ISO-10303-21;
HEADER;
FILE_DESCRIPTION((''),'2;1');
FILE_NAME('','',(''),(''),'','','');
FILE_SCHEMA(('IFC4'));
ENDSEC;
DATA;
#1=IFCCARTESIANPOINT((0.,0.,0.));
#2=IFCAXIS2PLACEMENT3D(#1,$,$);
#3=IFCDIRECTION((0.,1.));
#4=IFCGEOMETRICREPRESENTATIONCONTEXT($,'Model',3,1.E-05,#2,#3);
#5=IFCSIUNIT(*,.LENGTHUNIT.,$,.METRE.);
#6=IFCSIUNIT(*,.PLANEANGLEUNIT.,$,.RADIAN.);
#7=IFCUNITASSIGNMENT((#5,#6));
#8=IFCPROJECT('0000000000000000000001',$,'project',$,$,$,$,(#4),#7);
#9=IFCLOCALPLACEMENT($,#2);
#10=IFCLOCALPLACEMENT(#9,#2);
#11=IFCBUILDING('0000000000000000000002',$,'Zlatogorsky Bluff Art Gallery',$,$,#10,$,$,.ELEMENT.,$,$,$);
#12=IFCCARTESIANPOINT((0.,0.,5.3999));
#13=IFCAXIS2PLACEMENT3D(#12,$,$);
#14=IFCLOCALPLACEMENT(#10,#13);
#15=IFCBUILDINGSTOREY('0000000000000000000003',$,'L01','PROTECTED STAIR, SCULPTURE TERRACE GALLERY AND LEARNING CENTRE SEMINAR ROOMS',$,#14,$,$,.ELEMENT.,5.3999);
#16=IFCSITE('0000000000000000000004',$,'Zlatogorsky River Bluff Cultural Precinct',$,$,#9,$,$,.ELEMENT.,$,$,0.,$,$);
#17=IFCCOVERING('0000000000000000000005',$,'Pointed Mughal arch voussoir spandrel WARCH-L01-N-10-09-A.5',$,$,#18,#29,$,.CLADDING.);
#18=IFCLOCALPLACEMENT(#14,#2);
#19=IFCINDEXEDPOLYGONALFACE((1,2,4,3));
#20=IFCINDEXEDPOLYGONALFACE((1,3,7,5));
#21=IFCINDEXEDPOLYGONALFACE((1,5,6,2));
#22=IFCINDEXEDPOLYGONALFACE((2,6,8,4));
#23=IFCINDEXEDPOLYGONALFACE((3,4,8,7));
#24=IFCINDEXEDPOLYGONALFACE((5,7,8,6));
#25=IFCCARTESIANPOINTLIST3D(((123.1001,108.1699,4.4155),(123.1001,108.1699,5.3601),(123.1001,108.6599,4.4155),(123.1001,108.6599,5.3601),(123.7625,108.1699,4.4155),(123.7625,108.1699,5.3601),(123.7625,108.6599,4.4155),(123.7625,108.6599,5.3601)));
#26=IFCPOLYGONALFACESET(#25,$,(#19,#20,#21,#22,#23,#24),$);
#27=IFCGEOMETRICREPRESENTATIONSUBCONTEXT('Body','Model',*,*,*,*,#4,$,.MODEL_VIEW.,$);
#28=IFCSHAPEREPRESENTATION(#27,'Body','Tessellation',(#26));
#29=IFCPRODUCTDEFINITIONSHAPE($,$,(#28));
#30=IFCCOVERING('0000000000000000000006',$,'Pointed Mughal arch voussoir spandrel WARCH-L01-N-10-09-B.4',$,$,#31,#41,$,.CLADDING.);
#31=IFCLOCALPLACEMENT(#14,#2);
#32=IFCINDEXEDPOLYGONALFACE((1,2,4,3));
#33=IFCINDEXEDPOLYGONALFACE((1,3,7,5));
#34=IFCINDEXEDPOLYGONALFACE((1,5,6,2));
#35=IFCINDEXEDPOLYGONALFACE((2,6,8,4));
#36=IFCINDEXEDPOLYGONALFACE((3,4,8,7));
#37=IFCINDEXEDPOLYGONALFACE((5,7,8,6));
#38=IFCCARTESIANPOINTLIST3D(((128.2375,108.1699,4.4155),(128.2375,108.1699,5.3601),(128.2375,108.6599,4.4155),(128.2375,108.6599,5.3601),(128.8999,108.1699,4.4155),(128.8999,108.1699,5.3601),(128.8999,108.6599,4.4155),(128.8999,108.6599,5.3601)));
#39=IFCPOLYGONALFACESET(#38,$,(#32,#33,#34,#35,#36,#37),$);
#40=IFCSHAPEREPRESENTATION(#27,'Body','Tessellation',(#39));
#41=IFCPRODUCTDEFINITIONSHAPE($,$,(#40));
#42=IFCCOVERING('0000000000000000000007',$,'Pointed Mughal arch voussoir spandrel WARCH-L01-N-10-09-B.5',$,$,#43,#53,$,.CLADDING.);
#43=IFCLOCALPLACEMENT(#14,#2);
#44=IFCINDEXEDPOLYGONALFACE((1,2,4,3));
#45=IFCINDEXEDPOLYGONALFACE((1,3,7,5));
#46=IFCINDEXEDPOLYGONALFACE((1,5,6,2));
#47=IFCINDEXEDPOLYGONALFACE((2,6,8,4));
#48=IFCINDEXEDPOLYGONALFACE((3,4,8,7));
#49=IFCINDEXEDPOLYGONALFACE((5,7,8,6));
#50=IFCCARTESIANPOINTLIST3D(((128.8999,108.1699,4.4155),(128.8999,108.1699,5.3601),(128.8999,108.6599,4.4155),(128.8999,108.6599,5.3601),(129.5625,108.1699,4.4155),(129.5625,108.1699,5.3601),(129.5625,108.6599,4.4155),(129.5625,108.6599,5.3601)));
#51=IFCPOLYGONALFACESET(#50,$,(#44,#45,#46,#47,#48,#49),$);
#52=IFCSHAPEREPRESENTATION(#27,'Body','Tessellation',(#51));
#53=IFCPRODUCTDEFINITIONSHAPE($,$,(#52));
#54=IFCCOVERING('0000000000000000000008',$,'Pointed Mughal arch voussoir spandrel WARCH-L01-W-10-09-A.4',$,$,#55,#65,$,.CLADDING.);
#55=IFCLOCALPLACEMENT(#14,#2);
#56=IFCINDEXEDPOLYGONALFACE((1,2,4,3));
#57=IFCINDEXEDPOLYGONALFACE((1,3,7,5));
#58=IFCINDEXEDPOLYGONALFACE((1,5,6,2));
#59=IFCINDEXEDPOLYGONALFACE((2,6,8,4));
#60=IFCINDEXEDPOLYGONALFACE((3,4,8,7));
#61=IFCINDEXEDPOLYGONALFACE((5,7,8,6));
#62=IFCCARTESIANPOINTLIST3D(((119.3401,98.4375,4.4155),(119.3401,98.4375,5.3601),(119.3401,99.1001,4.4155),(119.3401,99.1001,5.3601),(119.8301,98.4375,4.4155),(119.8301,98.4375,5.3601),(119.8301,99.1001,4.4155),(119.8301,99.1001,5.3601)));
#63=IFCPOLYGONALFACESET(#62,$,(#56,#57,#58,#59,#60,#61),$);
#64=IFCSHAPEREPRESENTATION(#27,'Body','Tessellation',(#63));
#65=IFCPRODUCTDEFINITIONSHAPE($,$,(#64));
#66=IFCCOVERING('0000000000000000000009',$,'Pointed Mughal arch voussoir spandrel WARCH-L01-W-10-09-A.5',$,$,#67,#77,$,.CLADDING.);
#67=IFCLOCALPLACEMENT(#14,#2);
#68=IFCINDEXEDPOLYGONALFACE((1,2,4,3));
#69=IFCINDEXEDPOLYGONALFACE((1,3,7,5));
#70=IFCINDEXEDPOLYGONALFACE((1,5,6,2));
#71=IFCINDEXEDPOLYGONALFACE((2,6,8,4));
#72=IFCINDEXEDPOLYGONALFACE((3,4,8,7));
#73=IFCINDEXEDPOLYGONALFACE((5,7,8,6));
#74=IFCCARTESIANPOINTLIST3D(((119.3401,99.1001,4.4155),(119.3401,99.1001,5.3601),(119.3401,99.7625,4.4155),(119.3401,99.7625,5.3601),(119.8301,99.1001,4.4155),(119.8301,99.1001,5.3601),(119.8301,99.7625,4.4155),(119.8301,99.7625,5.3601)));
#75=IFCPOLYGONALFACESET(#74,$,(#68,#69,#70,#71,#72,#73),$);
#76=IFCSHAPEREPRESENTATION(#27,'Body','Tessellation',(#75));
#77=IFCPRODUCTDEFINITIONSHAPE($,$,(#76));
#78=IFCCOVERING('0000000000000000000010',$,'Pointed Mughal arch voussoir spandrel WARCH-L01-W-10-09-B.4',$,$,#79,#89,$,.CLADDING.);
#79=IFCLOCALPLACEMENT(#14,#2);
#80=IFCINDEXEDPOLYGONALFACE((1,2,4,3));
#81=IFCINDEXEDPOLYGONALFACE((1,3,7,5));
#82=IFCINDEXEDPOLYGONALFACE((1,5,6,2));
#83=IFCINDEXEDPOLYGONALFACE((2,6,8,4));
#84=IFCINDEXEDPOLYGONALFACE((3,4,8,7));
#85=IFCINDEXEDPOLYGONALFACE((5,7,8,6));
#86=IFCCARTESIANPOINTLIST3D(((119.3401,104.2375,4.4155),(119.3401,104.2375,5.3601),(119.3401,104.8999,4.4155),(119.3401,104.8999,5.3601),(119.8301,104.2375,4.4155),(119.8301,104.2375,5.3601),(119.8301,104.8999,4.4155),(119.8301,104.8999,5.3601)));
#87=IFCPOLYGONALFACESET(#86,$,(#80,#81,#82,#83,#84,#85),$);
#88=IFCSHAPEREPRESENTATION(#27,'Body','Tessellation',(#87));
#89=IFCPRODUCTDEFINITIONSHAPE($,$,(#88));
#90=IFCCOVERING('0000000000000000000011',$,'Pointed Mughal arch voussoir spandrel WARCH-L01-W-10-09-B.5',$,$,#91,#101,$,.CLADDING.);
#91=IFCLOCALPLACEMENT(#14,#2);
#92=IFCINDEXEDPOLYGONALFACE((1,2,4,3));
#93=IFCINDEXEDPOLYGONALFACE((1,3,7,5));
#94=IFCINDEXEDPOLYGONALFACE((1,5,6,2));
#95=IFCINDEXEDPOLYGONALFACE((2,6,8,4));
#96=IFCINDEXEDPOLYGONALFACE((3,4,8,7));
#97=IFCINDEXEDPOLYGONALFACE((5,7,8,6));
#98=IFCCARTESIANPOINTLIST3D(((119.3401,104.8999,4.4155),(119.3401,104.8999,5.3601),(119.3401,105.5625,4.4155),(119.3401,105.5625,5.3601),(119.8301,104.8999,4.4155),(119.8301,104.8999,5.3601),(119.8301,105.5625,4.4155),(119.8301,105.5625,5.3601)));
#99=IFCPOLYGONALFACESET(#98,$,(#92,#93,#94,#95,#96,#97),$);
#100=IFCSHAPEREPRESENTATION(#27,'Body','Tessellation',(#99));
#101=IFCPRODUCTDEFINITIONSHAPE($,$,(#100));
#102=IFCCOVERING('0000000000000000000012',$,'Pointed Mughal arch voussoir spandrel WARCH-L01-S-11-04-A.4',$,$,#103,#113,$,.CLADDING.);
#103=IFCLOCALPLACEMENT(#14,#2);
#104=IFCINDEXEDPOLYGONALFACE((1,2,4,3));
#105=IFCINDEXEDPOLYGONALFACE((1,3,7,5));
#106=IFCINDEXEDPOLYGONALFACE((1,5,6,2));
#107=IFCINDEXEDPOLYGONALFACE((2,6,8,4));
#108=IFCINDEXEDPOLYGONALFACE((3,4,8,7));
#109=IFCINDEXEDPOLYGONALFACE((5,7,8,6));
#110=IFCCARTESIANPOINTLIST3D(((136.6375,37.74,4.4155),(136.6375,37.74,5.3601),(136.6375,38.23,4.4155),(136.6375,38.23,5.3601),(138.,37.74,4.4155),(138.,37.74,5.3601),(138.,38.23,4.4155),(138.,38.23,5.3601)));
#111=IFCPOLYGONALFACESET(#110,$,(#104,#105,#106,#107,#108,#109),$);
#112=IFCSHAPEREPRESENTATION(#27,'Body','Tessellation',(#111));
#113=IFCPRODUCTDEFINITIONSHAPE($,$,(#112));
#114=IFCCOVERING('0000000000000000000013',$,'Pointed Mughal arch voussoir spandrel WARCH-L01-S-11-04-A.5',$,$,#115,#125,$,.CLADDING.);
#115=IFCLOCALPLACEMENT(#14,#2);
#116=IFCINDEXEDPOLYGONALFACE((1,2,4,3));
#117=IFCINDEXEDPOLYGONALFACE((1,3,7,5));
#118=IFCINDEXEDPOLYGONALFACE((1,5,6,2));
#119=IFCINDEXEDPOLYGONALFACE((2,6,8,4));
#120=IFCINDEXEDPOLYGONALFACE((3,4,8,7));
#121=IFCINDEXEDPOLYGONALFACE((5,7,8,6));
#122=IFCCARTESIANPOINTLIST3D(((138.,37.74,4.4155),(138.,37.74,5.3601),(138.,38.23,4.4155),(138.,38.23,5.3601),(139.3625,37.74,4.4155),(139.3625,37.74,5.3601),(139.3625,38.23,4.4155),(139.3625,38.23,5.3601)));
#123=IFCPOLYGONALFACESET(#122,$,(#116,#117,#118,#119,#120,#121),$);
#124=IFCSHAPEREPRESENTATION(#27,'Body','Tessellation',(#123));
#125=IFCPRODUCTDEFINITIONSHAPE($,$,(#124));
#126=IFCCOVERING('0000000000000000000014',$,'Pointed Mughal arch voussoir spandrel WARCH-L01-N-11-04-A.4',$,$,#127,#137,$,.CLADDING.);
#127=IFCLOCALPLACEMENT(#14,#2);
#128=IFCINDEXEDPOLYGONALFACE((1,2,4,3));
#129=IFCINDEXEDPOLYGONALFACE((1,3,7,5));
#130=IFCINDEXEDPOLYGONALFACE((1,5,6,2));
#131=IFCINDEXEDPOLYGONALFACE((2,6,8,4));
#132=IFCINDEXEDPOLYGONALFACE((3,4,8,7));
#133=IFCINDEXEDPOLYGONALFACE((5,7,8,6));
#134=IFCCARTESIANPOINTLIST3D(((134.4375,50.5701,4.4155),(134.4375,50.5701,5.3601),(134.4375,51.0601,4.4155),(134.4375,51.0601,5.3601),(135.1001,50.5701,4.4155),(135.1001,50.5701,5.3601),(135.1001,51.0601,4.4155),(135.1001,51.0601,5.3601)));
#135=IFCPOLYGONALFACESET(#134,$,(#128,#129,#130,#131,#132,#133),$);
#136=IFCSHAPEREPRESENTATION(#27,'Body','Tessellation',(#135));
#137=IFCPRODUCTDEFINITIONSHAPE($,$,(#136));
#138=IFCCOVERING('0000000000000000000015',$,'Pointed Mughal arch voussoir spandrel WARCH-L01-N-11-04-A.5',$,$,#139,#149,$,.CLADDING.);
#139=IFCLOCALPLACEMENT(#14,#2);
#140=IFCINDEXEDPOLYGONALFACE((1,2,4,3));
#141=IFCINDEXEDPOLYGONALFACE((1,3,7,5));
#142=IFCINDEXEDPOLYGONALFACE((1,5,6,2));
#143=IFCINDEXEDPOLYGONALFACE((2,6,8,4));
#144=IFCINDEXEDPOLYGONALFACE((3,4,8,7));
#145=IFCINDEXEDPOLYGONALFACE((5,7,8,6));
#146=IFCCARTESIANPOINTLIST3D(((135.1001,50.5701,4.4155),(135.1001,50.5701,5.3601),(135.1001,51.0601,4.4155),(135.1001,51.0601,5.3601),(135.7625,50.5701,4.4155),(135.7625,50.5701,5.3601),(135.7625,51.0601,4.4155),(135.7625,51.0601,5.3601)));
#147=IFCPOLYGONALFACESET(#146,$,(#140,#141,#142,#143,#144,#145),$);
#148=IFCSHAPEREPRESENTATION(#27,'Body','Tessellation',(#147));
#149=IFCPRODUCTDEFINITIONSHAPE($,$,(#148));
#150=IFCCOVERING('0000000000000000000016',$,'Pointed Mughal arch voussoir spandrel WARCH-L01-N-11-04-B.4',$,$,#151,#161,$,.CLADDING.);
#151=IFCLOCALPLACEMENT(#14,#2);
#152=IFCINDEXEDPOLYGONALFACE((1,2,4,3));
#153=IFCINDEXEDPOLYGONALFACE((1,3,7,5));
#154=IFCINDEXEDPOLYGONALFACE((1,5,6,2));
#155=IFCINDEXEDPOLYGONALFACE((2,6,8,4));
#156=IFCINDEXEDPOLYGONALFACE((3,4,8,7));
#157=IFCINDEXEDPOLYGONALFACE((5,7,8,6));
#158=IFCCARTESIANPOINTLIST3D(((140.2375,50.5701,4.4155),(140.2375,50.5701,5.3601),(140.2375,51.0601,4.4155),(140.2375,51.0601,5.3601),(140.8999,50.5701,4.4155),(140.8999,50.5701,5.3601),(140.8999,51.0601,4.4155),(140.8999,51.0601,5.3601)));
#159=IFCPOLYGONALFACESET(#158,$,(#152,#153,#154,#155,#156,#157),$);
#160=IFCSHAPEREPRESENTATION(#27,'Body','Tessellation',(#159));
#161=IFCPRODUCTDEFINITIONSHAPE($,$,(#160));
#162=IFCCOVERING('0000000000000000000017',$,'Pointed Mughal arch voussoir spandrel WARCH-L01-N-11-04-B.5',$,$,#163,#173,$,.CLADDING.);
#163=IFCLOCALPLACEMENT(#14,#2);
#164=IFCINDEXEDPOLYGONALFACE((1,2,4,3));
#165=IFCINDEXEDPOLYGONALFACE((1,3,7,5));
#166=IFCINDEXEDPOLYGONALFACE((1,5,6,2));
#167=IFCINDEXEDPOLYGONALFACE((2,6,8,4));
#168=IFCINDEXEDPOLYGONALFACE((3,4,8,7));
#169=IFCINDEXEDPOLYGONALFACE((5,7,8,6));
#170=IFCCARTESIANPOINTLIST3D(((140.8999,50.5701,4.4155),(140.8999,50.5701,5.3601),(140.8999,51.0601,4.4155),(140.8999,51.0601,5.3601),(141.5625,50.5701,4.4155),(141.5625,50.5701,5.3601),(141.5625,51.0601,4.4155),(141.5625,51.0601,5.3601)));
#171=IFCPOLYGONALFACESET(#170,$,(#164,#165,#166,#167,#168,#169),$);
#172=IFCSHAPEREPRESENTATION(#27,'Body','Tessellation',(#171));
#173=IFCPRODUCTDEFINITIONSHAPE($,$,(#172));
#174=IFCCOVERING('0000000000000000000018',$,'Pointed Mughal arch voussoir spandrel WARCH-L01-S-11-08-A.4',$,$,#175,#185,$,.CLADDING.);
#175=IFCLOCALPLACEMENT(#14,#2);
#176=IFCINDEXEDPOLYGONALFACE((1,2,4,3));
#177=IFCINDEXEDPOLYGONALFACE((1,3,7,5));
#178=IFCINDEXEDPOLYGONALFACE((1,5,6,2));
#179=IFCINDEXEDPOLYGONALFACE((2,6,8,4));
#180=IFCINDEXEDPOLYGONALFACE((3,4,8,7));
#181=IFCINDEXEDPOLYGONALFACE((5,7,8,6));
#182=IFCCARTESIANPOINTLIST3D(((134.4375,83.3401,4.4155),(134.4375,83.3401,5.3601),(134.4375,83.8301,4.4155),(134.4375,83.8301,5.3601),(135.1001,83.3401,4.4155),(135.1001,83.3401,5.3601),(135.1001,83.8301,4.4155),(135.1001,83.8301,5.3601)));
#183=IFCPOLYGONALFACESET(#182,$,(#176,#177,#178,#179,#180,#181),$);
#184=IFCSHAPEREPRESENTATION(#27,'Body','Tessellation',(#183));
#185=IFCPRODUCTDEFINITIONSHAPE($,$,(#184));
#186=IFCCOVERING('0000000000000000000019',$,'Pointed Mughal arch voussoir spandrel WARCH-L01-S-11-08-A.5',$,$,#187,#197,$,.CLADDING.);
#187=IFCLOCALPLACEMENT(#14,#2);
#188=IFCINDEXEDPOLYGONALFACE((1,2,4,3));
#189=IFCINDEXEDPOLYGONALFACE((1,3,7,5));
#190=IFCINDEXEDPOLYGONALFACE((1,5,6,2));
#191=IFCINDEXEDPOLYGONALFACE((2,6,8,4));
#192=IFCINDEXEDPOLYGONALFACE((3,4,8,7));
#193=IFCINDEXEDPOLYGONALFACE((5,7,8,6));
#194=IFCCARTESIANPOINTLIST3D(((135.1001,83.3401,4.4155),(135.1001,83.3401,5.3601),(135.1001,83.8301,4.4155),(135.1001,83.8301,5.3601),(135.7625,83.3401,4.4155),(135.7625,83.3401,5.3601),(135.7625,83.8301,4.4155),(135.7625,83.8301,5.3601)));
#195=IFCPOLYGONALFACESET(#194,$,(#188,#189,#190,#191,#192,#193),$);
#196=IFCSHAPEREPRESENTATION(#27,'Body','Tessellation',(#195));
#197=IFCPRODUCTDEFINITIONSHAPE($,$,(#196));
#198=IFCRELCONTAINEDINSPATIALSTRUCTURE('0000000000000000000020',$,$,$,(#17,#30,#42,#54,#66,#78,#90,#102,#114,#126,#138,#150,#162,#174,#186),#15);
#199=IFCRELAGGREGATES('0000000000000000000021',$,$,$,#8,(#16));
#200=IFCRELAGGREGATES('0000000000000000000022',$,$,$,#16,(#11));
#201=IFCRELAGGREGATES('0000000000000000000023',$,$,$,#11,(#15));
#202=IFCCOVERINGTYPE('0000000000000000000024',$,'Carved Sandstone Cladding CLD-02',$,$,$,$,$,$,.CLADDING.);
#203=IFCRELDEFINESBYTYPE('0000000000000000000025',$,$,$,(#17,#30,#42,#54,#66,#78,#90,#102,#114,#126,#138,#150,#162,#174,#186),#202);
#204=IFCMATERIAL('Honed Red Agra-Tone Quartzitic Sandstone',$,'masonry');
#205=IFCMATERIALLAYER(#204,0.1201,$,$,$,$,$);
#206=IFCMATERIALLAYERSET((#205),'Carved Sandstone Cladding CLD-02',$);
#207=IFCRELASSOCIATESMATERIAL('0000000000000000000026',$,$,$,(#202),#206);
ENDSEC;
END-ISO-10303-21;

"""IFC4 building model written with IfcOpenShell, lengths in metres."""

from ifc_helpers import new_model, si_unit, direction, frame, origin, place, context, subcontext, project, spatial, polyline, outline, extrude, material, layer, layer_set, type_object, element, save


model = new_model("IFC4")

# Units and contexts
model_context = context("Model", 3, precision=1e-05, world=origin(), true_north=direction((0.0, 1.0)))
body_context = subcontext(model_context, "Body", "Model", "MODEL_VIEW")
ifc_project = project(units=[si_unit("LENGTHUNIT", "METRE"), si_unit("PLANEANGLEUNIT", "RADIAN")], contexts=[model_context])

# Site, building, storey
site_placement = place(None, origin())
site = spatial("IfcSite", under=ifc_project, at=site_placement, Name="Zlatogorsky River Bluff Cultural Precinct", CompositionType="ELEMENT", RefElevation=0.0)
building_placement = place(site_placement, origin())
building = spatial("IfcBuilding", under=site, at=building_placement, Name="Zlatogorsky Bluff Art Gallery", CompositionType="ELEMENT")
storey_placement = place(building_placement, frame((0.0, 0.0, 5.3999)))
storey = spatial("IfcBuildingStorey", under=building, at=storey_placement, Name="L01", Description="PROTECTED STAIR, SCULPTURE TERRACE GALLERY AND LEARNING CENTRE SEMINAR ROOMS", CompositionType="ELEMENT", Elevation=5.3999)

# Coverings
ifc_material = material(Name="Honed Red Agra-Tone Quartzitic Sandstone", Category="masonry")
ifc_layer = layer(ifc_material, 0.1201)
ifc_layer_set = layer_set([ifc_layer], Name="Carved Sandstone Cladding CLD-02")
covering_type = type_object("IfcCoveringType", Name="Carved Sandstone Cladding CLD-02", PredefinedType="CLADDING", material=ifc_layer_set)
covering_1_placement = place(storey_placement, frame((0.0, 0.0, 4.4155)))
element("IfcCovering", 1, at=covering_1_placement, inside=storey, type_object=covering_type, Name="Pointed Mughal arch voussoir spandrel WARCH-L01-N-10-09-A.5", PredefinedType="CLADDING", context=body_context, shape_type="SweptSolid", body=[
    extrude(outline(polyline([(123.1001, 108.1699), (123.7625, 108.1699), (123.7625, 108.6599), (123.1001, 108.6599), (123.1001, 108.1699)])), origin(), (0.0, 0.0, 1.0), 0.9446),
])
covering_2_placement = place(storey_placement, frame((0.0, 0.0, 4.4155)))
element("IfcCovering", 2, at=covering_2_placement, inside=storey, type_object=covering_type, Name="Pointed Mughal arch voussoir spandrel WARCH-L01-N-10-09-B.4", PredefinedType="CLADDING", context=body_context, shape_type="SweptSolid", body=[
    extrude(outline(polyline([(128.2375, 108.1699), (128.8999, 108.1699), (128.8999, 108.6599), (128.2375, 108.6599), (128.2375, 108.1699)])), origin(), (0.0, 0.0, 1.0), 0.9446),
])
covering_3_placement = place(storey_placement, frame((0.0, 0.0, 4.4155)))
element("IfcCovering", 3, at=covering_3_placement, inside=storey, type_object=covering_type, Name="Pointed Mughal arch voussoir spandrel WARCH-L01-N-10-09-B.5", PredefinedType="CLADDING", context=body_context, shape_type="SweptSolid", body=[
    extrude(outline(polyline([(128.8999, 108.1699), (129.5625, 108.1699), (129.5625, 108.6599), (128.8999, 108.6599), (128.8999, 108.1699)])), origin(), (0.0, 0.0, 1.0), 0.9446),
])
covering_4_placement = place(storey_placement, frame((0.0, 0.0, 4.4155)))
element("IfcCovering", 4, at=covering_4_placement, inside=storey, type_object=covering_type, Name="Pointed Mughal arch voussoir spandrel WARCH-L01-W-10-09-A.4", PredefinedType="CLADDING", context=body_context, shape_type="SweptSolid", body=[
    extrude(outline(polyline([(119.3401, 98.4375), (119.3401, 99.1001), (119.8301, 99.1001), (119.8301, 98.4375), (119.3401, 98.4375)])), origin(), (0.0, 0.0, 1.0), 0.9446),
])
covering_5_placement = place(storey_placement, frame((0.0, 0.0, 4.4155)))
element("IfcCovering", 5, at=covering_5_placement, inside=storey, type_object=covering_type, Name="Pointed Mughal arch voussoir spandrel WARCH-L01-W-10-09-A.5", PredefinedType="CLADDING", context=body_context, shape_type="SweptSolid", body=[
    extrude(outline(polyline([(119.3401, 99.1001), (119.3401, 99.7625), (119.8301, 99.7625), (119.8301, 99.1001), (119.3401, 99.1001)])), origin(), (0.0, 0.0, 1.0), 0.9446),
])
covering_6_placement = place(storey_placement, frame((0.0, 0.0, 4.4155)))
element("IfcCovering", 6, at=covering_6_placement, inside=storey, type_object=covering_type, Name="Pointed Mughal arch voussoir spandrel WARCH-L01-W-10-09-B.4", PredefinedType="CLADDING", context=body_context, shape_type="SweptSolid", body=[
    extrude(outline(polyline([(119.3401, 104.2375), (119.3401, 104.8999), (119.8301, 104.8999), (119.8301, 104.2375), (119.3401, 104.2375)])), origin(), (0.0, 0.0, 1.0), 0.9446),
])
covering_7_placement = place(storey_placement, frame((0.0, 0.0, 4.4155)))
element("IfcCovering", 7, at=covering_7_placement, inside=storey, type_object=covering_type, Name="Pointed Mughal arch voussoir spandrel WARCH-L01-W-10-09-B.5", PredefinedType="CLADDING", context=body_context, shape_type="SweptSolid", body=[
    extrude(outline(polyline([(119.3401, 104.8999), (119.3401, 105.5625), (119.8301, 105.5625), (119.8301, 104.8999), (119.3401, 104.8999)])), origin(), (0.0, 0.0, 1.0), 0.9446),
])
covering_8_placement = place(storey_placement, frame((0.0, 0.0, 4.4155)))
element("IfcCovering", 8, at=covering_8_placement, inside=storey, type_object=covering_type, Name="Pointed Mughal arch voussoir spandrel WARCH-L01-S-11-04-A.4", PredefinedType="CLADDING", context=body_context, shape_type="SweptSolid", body=[
    extrude(outline(polyline([(136.6375, 37.74), (138.0, 37.74), (138.0, 38.23), (136.6375, 38.23), (136.6375, 37.74)])), origin(), (0.0, 0.0, 1.0), 0.9446),
])
covering_9_placement = place(storey_placement, frame((0.0, 0.0, 4.4155)))
element("IfcCovering", 9, at=covering_9_placement, inside=storey, type_object=covering_type, Name="Pointed Mughal arch voussoir spandrel WARCH-L01-S-11-04-A.5", PredefinedType="CLADDING", context=body_context, shape_type="SweptSolid", body=[
    extrude(outline(polyline([(138.0, 37.74), (139.3625, 37.74), (139.3625, 38.23), (138.0, 38.23), (138.0, 37.74)])), origin(), (0.0, 0.0, 1.0), 0.9446),
])
covering_10_placement = place(storey_placement, frame((0.0, 0.0, 4.4155)))
element("IfcCovering", 10, at=covering_10_placement, inside=storey, type_object=covering_type, Name="Pointed Mughal arch voussoir spandrel WARCH-L01-N-11-04-A.4", PredefinedType="CLADDING", context=body_context, shape_type="SweptSolid", body=[
    extrude(outline(polyline([(134.4375, 50.5701), (135.1001, 50.5701), (135.1001, 51.0601), (134.4375, 51.0601), (134.4375, 50.5701)])), origin(), (0.0, 0.0, 1.0), 0.9446),
])
covering_11_placement = place(storey_placement, frame((0.0, 0.0, 4.4155)))
element("IfcCovering", 11, at=covering_11_placement, inside=storey, type_object=covering_type, Name="Pointed Mughal arch voussoir spandrel WARCH-L01-N-11-04-A.5", PredefinedType="CLADDING", context=body_context, shape_type="SweptSolid", body=[
    extrude(outline(polyline([(135.1001, 50.5701), (135.7625, 50.5701), (135.7625, 51.0601), (135.1001, 51.0601), (135.1001, 50.5701)])), origin(), (0.0, 0.0, 1.0), 0.9446),
])
covering_12_placement = place(storey_placement, frame((0.0, 0.0, 4.4155)))
element("IfcCovering", 12, at=covering_12_placement, inside=storey, type_object=covering_type, Name="Pointed Mughal arch voussoir spandrel WARCH-L01-N-11-04-B.4", PredefinedType="CLADDING", context=body_context, shape_type="SweptSolid", body=[
    extrude(outline(polyline([(140.2375, 50.5701), (140.8999, 50.5701), (140.8999, 51.0601), (140.2375, 51.0601), (140.2375, 50.5701)])), origin(), (0.0, 0.0, 1.0), 0.9446),
])
covering_13_placement = place(storey_placement, frame((0.0, 0.0, 4.4155)))
element("IfcCovering", 13, at=covering_13_placement, inside=storey, type_object=covering_type, Name="Pointed Mughal arch voussoir spandrel WARCH-L01-N-11-04-B.5", PredefinedType="CLADDING", context=body_context, shape_type="SweptSolid", body=[
    extrude(outline(polyline([(140.8999, 50.5701), (141.5625, 50.5701), (141.5625, 51.0601), (140.8999, 51.0601), (140.8999, 50.5701)])), origin(), (0.0, 0.0, 1.0), 0.9446),
])
covering_14_placement = place(storey_placement, frame((0.0, 0.0, 4.4155)))
element("IfcCovering", 14, at=covering_14_placement, inside=storey, type_object=covering_type, Name="Pointed Mughal arch voussoir spandrel WARCH-L01-S-11-08-A.4", PredefinedType="CLADDING", context=body_context, shape_type="SweptSolid", body=[
    extrude(outline(polyline([(134.4375, 83.3401), (135.1001, 83.3401), (135.1001, 83.8301), (134.4375, 83.8301), (134.4375, 83.3401)])), origin(), (0.0, 0.0, 1.0), 0.9446),
])
covering_15_placement = place(storey_placement, frame((0.0, 0.0, 4.4155)))
element("IfcCovering", 15, at=covering_15_placement, inside=storey, type_object=covering_type, Name="Pointed Mughal arch voussoir spandrel WARCH-L01-S-11-08-A.5", PredefinedType="CLADDING", context=body_context, shape_type="SweptSolid", body=[
    extrude(outline(polyline([(135.1001, 83.3401), (135.7625, 83.3401), (135.7625, 83.8301), (135.1001, 83.8301), (135.1001, 83.3401)])), origin(), (0.0, 0.0, 1.0), 0.9446),
])

save(model, "model.ifc")
